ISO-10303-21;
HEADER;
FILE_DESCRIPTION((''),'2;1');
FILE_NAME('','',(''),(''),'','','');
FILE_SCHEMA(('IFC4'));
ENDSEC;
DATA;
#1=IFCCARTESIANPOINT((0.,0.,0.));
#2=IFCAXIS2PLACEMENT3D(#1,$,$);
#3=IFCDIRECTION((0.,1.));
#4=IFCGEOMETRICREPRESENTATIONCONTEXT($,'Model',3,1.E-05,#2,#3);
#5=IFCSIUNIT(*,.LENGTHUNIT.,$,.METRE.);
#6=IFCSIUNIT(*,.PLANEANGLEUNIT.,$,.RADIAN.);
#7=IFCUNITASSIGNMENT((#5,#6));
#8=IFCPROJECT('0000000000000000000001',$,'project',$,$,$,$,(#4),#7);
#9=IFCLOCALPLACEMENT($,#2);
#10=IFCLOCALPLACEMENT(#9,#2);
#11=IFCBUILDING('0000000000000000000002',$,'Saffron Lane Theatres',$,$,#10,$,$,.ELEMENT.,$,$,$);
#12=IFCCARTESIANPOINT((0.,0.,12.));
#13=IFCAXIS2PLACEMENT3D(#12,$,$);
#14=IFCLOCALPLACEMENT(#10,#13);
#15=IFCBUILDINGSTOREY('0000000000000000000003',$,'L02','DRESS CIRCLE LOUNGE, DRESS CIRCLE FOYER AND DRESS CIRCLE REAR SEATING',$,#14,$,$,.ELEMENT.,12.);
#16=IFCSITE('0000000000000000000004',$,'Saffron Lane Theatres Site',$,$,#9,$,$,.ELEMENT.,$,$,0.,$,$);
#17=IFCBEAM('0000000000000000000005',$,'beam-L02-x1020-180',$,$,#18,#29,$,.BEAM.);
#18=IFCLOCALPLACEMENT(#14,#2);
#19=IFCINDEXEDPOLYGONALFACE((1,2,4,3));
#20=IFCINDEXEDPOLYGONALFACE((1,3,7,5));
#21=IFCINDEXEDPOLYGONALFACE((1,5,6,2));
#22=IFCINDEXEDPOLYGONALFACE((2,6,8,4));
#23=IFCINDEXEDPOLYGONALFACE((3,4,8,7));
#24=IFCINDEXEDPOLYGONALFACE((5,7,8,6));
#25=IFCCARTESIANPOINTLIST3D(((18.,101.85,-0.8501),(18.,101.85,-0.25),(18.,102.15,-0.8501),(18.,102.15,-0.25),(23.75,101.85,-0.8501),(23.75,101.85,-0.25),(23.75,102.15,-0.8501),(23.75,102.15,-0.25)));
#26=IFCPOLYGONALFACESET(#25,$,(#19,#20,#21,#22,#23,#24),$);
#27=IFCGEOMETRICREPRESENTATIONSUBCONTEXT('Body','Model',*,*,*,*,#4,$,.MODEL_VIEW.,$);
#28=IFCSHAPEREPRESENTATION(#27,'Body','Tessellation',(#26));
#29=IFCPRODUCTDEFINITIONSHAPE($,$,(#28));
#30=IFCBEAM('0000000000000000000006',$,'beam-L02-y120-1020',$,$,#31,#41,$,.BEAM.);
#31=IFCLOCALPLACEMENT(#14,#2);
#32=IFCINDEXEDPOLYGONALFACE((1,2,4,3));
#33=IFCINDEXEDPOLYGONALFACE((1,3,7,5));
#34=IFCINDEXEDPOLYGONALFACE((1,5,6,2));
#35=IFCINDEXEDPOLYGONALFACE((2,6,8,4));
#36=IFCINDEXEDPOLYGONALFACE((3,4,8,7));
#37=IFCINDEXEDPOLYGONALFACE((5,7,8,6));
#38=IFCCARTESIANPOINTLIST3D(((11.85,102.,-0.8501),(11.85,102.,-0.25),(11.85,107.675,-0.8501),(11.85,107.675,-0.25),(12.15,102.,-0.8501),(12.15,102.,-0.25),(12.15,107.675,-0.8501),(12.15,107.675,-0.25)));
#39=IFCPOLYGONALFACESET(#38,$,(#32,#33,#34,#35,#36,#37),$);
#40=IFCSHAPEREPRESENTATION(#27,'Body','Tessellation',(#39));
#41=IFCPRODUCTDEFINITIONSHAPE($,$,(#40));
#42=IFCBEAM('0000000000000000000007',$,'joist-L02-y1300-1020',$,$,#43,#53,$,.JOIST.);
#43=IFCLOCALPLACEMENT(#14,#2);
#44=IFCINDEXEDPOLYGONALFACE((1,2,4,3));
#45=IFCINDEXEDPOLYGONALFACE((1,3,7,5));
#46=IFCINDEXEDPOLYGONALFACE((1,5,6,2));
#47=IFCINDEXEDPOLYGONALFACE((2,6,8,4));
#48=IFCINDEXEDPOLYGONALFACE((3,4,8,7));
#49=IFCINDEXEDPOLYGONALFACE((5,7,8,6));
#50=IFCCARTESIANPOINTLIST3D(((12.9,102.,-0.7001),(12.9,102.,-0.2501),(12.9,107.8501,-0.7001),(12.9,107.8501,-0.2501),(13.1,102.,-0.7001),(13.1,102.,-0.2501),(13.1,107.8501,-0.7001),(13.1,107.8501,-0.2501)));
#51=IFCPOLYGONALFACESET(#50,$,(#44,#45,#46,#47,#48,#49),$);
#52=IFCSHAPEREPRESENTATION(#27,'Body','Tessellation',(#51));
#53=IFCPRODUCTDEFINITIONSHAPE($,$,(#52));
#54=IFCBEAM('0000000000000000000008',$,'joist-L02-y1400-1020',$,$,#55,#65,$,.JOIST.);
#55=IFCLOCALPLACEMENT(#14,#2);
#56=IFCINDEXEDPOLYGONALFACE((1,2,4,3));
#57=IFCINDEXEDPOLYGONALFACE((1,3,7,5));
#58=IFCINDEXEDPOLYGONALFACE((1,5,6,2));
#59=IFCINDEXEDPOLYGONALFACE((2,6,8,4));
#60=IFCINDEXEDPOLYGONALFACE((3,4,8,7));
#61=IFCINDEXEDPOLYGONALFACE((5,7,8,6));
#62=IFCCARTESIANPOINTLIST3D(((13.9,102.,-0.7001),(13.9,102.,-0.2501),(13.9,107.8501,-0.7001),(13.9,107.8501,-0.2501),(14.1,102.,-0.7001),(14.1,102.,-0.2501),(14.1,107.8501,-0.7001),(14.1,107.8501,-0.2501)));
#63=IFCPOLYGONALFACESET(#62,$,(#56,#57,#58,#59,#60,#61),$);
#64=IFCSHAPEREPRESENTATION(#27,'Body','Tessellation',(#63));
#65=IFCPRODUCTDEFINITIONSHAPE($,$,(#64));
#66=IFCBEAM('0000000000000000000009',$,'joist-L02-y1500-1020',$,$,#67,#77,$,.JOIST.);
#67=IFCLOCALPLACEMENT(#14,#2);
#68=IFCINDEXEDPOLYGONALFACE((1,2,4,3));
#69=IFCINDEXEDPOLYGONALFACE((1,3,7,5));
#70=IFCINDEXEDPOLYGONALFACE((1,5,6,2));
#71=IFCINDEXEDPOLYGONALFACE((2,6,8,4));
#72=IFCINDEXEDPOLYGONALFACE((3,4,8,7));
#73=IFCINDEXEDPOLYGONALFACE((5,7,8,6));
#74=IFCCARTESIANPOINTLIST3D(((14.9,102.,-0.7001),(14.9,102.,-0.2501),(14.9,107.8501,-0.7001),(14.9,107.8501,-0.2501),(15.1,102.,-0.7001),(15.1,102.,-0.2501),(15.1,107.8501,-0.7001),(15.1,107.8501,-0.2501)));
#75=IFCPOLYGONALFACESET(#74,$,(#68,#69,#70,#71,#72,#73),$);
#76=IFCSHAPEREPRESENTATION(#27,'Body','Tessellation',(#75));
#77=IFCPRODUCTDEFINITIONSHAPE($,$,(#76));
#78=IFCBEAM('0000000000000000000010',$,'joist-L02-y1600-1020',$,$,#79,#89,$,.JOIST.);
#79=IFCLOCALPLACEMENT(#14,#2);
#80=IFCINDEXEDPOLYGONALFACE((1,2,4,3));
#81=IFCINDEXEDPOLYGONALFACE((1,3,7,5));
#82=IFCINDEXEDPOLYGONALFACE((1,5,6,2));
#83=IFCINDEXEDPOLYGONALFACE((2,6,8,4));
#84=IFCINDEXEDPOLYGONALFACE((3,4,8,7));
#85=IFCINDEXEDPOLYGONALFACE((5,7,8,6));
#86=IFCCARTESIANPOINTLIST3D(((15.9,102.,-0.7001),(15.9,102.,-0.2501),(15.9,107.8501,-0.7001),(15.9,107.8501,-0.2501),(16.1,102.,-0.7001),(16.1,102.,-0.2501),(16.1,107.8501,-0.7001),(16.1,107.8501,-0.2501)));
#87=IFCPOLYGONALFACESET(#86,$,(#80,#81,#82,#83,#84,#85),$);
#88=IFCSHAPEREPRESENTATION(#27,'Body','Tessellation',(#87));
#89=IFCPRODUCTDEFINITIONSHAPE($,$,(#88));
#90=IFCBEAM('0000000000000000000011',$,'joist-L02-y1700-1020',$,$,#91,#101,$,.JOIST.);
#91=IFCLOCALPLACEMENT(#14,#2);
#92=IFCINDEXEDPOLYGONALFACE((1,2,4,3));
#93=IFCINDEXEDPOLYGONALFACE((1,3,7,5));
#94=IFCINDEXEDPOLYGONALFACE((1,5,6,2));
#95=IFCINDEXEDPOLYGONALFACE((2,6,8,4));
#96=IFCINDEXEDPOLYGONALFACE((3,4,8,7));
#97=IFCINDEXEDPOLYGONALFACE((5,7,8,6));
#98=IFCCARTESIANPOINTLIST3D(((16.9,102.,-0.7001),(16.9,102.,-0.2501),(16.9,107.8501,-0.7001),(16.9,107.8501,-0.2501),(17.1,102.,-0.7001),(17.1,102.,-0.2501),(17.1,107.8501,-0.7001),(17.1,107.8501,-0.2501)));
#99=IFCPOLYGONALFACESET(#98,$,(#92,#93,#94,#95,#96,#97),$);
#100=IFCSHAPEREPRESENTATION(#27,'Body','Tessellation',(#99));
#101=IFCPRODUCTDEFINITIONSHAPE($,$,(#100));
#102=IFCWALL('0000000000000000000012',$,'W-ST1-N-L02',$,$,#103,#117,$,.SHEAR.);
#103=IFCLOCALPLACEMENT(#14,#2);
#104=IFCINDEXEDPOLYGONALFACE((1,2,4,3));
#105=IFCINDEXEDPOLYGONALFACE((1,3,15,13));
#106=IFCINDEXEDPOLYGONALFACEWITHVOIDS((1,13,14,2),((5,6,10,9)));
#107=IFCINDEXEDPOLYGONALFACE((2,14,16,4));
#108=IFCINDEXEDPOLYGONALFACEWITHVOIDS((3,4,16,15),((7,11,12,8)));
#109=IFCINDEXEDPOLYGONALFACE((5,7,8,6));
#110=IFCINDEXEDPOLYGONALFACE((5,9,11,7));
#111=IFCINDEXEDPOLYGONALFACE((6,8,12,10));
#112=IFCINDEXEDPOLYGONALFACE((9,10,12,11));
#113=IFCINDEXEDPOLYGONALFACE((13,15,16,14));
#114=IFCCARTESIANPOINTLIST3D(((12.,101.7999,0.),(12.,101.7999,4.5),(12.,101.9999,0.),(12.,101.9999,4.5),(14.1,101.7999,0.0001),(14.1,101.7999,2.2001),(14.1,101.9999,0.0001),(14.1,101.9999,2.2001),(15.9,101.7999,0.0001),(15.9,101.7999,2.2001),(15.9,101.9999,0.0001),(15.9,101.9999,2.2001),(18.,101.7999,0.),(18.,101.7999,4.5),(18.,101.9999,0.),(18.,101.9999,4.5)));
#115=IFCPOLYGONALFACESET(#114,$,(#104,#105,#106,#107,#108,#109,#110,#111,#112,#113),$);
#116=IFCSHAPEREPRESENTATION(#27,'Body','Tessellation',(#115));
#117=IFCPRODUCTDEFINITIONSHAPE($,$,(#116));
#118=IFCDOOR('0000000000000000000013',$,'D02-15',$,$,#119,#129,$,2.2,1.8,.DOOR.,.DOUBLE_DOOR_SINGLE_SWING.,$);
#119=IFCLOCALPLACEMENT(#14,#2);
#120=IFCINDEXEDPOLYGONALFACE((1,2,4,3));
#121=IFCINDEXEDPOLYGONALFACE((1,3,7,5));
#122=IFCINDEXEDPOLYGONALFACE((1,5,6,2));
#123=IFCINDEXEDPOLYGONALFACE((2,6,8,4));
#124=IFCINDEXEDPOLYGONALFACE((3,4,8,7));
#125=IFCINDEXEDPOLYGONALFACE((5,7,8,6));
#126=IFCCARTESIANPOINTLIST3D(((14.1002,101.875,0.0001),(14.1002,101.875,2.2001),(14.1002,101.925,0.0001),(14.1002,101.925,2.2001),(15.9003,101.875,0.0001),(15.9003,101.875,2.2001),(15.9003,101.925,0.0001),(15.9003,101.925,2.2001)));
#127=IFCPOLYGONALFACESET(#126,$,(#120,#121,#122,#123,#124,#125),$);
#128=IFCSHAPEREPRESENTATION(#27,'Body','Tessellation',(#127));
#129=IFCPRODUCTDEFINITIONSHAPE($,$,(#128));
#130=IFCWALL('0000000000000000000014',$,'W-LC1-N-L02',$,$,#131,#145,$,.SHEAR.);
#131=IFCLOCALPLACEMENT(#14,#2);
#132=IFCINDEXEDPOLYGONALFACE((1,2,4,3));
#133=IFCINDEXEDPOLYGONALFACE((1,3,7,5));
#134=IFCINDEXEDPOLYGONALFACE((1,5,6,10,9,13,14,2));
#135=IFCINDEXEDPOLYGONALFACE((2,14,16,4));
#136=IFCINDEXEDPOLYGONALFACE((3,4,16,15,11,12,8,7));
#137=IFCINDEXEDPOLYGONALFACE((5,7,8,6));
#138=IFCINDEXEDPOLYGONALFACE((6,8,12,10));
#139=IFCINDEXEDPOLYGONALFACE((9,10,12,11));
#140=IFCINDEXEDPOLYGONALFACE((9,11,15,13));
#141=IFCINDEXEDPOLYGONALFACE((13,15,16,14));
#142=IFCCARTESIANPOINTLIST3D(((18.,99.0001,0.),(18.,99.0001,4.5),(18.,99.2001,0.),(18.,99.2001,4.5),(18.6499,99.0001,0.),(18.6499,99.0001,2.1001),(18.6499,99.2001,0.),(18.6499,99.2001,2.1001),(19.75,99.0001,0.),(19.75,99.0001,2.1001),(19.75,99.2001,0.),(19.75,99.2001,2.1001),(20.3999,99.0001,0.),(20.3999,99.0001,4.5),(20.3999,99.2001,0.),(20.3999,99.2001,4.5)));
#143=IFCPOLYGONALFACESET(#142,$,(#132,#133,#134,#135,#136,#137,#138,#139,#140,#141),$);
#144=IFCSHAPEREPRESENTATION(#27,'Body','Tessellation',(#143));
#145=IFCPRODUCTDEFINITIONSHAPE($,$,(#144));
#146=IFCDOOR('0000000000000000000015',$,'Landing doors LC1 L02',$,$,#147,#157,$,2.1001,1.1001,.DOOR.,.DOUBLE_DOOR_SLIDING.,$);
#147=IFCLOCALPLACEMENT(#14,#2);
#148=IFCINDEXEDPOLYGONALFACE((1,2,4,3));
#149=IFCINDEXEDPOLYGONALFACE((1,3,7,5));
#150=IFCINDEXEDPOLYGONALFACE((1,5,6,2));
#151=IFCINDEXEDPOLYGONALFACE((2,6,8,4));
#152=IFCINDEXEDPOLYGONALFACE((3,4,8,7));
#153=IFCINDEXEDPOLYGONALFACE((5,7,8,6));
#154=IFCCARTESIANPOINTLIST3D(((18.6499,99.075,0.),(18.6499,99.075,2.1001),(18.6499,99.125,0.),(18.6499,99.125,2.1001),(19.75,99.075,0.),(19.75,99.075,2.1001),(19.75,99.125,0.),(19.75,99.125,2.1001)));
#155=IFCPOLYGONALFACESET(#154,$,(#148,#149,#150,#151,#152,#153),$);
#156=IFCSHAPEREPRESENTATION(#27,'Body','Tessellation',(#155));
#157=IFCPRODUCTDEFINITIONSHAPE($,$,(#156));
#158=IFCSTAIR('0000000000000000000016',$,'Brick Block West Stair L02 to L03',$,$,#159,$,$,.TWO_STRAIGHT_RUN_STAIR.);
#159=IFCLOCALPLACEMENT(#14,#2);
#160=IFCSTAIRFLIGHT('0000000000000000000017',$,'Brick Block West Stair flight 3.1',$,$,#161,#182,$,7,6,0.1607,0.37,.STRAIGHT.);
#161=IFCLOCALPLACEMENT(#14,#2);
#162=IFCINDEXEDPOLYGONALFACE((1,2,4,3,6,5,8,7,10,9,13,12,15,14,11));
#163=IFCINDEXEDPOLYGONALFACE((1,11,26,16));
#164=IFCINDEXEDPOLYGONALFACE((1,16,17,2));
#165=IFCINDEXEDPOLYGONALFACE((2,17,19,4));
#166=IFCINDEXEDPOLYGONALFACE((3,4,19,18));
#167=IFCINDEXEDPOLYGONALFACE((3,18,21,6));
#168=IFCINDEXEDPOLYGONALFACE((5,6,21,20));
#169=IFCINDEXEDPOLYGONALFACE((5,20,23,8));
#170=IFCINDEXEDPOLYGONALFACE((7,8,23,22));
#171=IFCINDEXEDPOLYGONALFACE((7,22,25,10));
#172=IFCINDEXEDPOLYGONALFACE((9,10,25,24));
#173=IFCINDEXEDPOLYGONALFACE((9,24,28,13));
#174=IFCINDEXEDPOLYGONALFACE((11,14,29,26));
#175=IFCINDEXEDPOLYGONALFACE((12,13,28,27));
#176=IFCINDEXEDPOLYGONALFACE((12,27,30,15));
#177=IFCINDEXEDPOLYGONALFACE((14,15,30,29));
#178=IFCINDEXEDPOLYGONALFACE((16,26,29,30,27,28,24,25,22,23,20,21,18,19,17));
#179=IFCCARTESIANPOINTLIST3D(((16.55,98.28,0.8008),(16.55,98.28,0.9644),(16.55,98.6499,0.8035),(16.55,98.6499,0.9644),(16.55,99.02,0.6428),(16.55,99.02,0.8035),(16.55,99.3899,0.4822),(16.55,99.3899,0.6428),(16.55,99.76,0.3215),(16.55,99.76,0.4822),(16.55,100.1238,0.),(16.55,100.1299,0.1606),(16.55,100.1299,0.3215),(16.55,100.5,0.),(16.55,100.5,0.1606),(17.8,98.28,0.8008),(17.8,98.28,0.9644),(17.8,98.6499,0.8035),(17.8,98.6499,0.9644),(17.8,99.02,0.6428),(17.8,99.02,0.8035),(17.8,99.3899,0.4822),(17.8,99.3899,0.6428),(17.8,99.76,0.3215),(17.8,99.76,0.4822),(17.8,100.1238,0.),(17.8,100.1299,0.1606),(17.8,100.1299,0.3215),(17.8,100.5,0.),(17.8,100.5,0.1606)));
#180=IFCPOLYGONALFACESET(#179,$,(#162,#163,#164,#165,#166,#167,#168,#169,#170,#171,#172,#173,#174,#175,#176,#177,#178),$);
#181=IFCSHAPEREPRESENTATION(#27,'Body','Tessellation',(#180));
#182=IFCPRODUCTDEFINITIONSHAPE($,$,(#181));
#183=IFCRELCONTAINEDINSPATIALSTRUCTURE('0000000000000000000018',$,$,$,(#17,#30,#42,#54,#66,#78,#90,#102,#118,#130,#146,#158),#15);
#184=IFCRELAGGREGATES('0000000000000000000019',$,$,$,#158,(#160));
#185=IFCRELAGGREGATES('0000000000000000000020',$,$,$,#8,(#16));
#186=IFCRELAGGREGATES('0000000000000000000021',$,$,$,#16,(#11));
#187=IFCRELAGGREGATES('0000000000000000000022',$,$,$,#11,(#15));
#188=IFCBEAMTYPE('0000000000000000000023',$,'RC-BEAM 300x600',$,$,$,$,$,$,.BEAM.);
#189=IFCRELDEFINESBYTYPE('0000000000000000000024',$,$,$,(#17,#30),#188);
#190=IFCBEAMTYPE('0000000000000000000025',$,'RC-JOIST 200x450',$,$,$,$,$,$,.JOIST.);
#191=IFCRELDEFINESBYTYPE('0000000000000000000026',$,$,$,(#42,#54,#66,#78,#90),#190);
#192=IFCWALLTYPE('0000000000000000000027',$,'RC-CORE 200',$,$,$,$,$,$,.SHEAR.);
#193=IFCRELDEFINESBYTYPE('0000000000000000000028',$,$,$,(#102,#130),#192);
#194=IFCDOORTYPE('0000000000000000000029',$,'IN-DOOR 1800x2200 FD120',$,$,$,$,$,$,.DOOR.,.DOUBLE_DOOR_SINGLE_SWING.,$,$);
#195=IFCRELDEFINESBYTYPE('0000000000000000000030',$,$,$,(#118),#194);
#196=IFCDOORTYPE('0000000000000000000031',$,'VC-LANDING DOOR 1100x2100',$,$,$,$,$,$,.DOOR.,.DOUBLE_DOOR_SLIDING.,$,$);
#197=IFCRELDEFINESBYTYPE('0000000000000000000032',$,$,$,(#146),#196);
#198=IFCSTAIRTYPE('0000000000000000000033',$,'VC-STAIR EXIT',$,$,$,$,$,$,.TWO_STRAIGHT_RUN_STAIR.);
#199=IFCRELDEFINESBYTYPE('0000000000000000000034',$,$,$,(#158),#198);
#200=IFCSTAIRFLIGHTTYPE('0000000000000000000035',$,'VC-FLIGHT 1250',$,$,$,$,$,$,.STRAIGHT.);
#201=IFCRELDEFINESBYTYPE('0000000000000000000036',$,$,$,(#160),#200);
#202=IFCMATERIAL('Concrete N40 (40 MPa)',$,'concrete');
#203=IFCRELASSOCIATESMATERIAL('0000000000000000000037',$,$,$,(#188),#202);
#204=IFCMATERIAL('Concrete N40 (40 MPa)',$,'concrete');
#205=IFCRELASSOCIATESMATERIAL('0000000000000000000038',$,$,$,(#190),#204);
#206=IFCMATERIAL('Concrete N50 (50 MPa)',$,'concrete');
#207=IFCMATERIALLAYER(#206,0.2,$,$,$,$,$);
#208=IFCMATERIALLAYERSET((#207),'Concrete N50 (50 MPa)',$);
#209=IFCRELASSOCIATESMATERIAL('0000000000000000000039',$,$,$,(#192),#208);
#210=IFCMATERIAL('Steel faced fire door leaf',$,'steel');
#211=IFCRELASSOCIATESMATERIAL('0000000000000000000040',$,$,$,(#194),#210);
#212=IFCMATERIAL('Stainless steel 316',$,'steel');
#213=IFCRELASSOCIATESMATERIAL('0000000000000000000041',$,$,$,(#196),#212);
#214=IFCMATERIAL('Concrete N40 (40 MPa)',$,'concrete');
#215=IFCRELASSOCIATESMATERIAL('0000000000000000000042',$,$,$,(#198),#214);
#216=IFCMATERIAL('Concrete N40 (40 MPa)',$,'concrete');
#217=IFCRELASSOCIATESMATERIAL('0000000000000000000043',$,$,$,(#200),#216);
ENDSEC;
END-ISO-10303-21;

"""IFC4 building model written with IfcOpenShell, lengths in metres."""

from ifc_helpers import new_model, si_unit, direction, frame, frame_2d, origin, origin_2d, place, context, subcontext, project, spatial, polyline, rectangle, outline, extrude, material, layer, layer_set, material_profile, profile_set, type_object, element, fill, aggregate, save


model = new_model("IFC4")

# Units and contexts
model_context = context("Model", 3, precision=1e-05, world=origin(), true_north=direction((0.0, 1.0)))
body_context = subcontext(model_context, "Body", "Model", "MODEL_VIEW")
ifc_project = project(units=[si_unit("LENGTHUNIT", "METRE"), si_unit("PLANEANGLEUNIT", "RADIAN")], contexts=[model_context])

# Site, building, storey
site_placement = place(None, origin())
site = spatial("IfcSite", under=ifc_project, at=site_placement, Name="Saffron Lane Theatres Site", CompositionType="ELEMENT", RefElevation=0.0)
building_placement = place(site_placement, origin())
building = spatial("IfcBuilding", under=site, at=building_placement, Name="Saffron Lane Theatres", CompositionType="ELEMENT")
storey_placement = place(building_placement, frame((0.0, 0.0, 12.0)))
storey = spatial("IfcBuildingStorey", under=building, at=storey_placement, Name="L02", Description="DRESS CIRCLE LOUNGE, DRESS CIRCLE FOYER AND DRESS CIRCLE REAR SEATING", CompositionType="ELEMENT", Elevation=12.0)

# Beams
ifc_material_1 = material(Name="Concrete N40 (40 MPa)", Category="concrete")
ifc_material_profile_1 = material_profile(ifc_material_1, rectangle(XDim=0.3, YDim=0.6001, at=origin_2d()))
ifc_profile_set_1 = profile_set([ifc_material_profile_1], Name="Concrete N40 (40 MPa)")
beam_type_1 = type_object("IfcBeamType", Name="RC-BEAM 300x600", PredefinedType="BEAM", material=ifc_profile_set_1)
beam_1_placement = place(storey_placement, frame((18.0, 102.0, -0.55), z_axis=(1.0, 0.0, 0.0), x_axis=(0.0, 1.0, 0.0)))
element("IfcBeam", 1, at=beam_1_placement, inside=storey, type_object=beam_type_1, Name="beam-L02-x1020-180", PredefinedType="BEAM", context=body_context, shape_type="SweptSolid", body=[
    extrude(rectangle(XDim=0.3, YDim=0.6001, at=origin_2d()), origin(), (0.0, 0.0, 1.0), 5.75),
])
beam_2_placement = place(storey_placement, frame((12.0, 102.0, -0.55), z_axis=(0.0, 1.0, 0.0), x_axis=(-1.0, 0.0, 0.0)))
element("IfcBeam", 2, at=beam_2_placement, inside=storey, type_object=beam_type_1, Name="beam-L02-y120-1020", PredefinedType="BEAM", context=body_context, shape_type="SweptSolid", body=[
    extrude(rectangle(XDim=0.3, YDim=0.6001, at=origin_2d()), origin(), (0.0, 0.0, 1.0), 5.675),
])
ifc_material_2 = material(Name="Concrete N40 (40 MPa)", Category="concrete")
ifc_material_profile_2 = material_profile(ifc_material_2, rectangle(XDim=0.2, YDim=0.45, at=origin_2d()))
ifc_profile_set_2 = profile_set([ifc_material_profile_2], Name="Concrete N40 (40 MPa)")
beam_type_2 = type_object("IfcBeamType", Name="RC-JOIST 200x450", PredefinedType="JOIST", material=ifc_profile_set_2)
for number, where, z_axis, x_axis, name in (
    (3, (13.0, 102.0, -0.4751), (0.0, 1.0, 0.0), (-1.0, 0.0, 0.0), "joist-L02-y1300-1020"),
    (4, (14.0, 102.0, -0.4751), (0.0, 1.0, 0.0), (-1.0, 0.0, 0.0), "joist-L02-y1400-1020"),
    (5, (15.0, 102.0, -0.4751), (0.0, 1.0, 0.0), (-1.0, 0.0, 0.0), "joist-L02-y1500-1020"),
    (6, (16.0, 102.0, -0.4751), (0.0, 1.0, 0.0), (-1.0, 0.0, 0.0), "joist-L02-y1600-1020"),
    (7, (17.0, 102.0, -0.4751), (0.0, 1.0, 0.0), (-1.0, 0.0, 0.0), "joist-L02-y1700-1020"),
):
    element("IfcBeam", number, at=place(storey_placement, frame(where, z_axis=z_axis, x_axis=x_axis)), inside=storey, type_object=beam_type_2, Name=name, PredefinedType="JOIST", context=body_context, shape_type="SweptSolid", body=[
        extrude(rectangle(XDim=0.2, YDim=0.45, at=origin_2d()), origin(), (0.0, 0.0, 1.0), 5.8501),
    ])

# Walls, openings, doors
ifc_material_3 = material(Name="Concrete N50 (50 MPa)", Category="concrete")
ifc_layer = layer(ifc_material_3, 0.2)
ifc_layer_set = layer_set([ifc_layer], Name="Concrete N50 (50 MPa)")
wall_type = type_object("IfcWallType", Name="RC-CORE 200", PredefinedType="SHEAR", material=ifc_layer_set)
wall_1_placement = place(storey_placement, frame((12.0, 101.8999, 0.0), z_axis=(0.0, 0.0, 1.0), x_axis=(1.0, 0.0, 0.0)))
wall_1 = element("IfcWall", 8, at=wall_1_placement, inside=storey, type_object=wall_type, Name="W-ST1-N-L02", PredefinedType="SHEAR", context=body_context, shape_type="SweptSolid", body=[
    extrude(rectangle(XDim=6.0, YDim=0.2, at=frame_2d((3.0, 0.0))), origin(), (0.0, 0.0, 1.0), 4.5),
])
opening_1_placement = place(wall_1_placement, frame((2.1001, 0.0, 0.0)))
opening_1 = element("IfcOpeningElement", 9, at=opening_1_placement, cuts=wall_1, PredefinedType="OPENING", context=body_context, shape_type="SweptSolid", body=[
    extrude(rectangle(XDim=1.8, YDim=2.2, at=frame_2d((0.8999, 1.1001))), frame((0.0, 0.1099, 0.0), z_axis=(0.0, -1.0, 0.0), x_axis=(1.0, 0.0, 0.0)), (0.0, 0.0, 1.0), 0.22),
])
ifc_material_4 = material(Name="Steel faced fire door leaf", Category="steel")
door_type_1 = type_object("IfcDoorType", Name="IN-DOOR 1800x2200 FD120", OperationType="DOUBLE_DOOR_SINGLE_SWING", PredefinedType="DOOR", material=ifc_material_4)
door_1_placement = place(opening_1_placement, frame((1.8, 0.0, 0.0), z_axis=(0.0, 0.0, 1.0), x_axis=(-1.0, 0.0, 0.0)))
door_1 = element("IfcDoor", 10, at=door_1_placement, inside=storey, type_object=door_type_1, Name="D02-15", OperationType="DOUBLE_DOOR_SINGLE_SWING", OverallHeight=2.2, OverallWidth=1.8, PredefinedType="DOOR", context=body_context, shape_type="SweptSolid", body=[
    extrude(rectangle(XDim=1.8, YDim=2.2, at=frame_2d((0.8999, 1.1001))), frame((0.0, 0.0249, 0.0), z_axis=(0.0, -1.0, 0.0), x_axis=(1.0, 0.0, 0.0)), (0.0, 0.0, 1.0), 0.05),
])
fill(opening_1, door_1)
wall_2_placement = place(storey_placement, frame((18.0, 99.1001, 0.0), z_axis=(0.0, 0.0, 1.0), x_axis=(1.0, 0.0, 0.0)))
wall_2 = element("IfcWall", 11, at=wall_2_placement, inside=storey, type_object=wall_type, Name="W-LC1-N-L02", PredefinedType="SHEAR", context=body_context, shape_type="SweptSolid", body=[
    extrude(rectangle(XDim=2.3999, YDim=0.2, at=frame_2d((1.2, 0.0))), origin(), (0.0, 0.0, 1.0), 4.5),
])
opening_2_placement = place(wall_2_placement, frame((0.6499, 0.0, 0.0)))
opening_2 = element("IfcOpeningElement", 12, at=opening_2_placement, cuts=wall_2, PredefinedType="OPENING", context=body_context, shape_type="SweptSolid", body=[
    extrude(rectangle(XDim=1.1001, YDim=2.1001, at=frame_2d((0.55, 1.05))), frame((0.0, 0.1099, 0.0), z_axis=(0.0, -1.0, 0.0), x_axis=(1.0, 0.0, 0.0)), (0.0, 0.0, 1.0), 0.22),
])
ifc_material_5 = material(Name="Stainless steel 316", Category="steel")
door_type_2 = type_object("IfcDoorType", Name="VC-LANDING DOOR 1100x2100", OperationType="DOUBLE_DOOR_SLIDING", PredefinedType="DOOR", material=ifc_material_5)
door_2_placement = place(opening_2_placement, origin())
door_2 = element("IfcDoor", 13, at=door_2_placement, inside=storey, type_object=door_type_2, Name="Landing doors LC1 L02", OperationType="DOUBLE_DOOR_SLIDING", OverallHeight=2.1001, OverallWidth=1.1001, PredefinedType="DOOR", context=body_context, shape_type="SweptSolid", body=[
    extrude(rectangle(XDim=1.1001, YDim=2.1001, at=frame_2d((0.55, 1.05))), frame((0.0, 0.0249, 0.0), z_axis=(0.0, -1.0, 0.0), x_axis=(1.0, 0.0, 0.0)), (0.0, 0.0, 1.0), 0.05),
])
fill(opening_2, door_2)

# Stair, stair flight
ifc_material_6 = material(Name="Concrete N40 (40 MPa)", Category="concrete")
stair_type = type_object("IfcStairType", Name="VC-STAIR EXIT", PredefinedType="TWO_STRAIGHT_RUN_STAIR", material=ifc_material_6)
stair_placement = place(storey_placement, origin())
stair = element("IfcStair", 14, at=stair_placement, inside=storey, type_object=stair_type, Name="Brick Block West Stair L02 to L03", PredefinedType="TWO_STRAIGHT_RUN_STAIR")
ifc_material_7 = material(Name="Concrete N40 (40 MPa)", Category="concrete")
stair_flight_type = type_object("IfcStairFlightType", Name="VC-FLIGHT 1250", PredefinedType="STRAIGHT", material=ifc_material_7)
stair_flight_1_placement = place(storey_placement, frame((17.175, 100.5, 0.0), z_axis=(0.0, 0.0, 1.0), x_axis=(0.0, -1.0, 0.0)))
stair_flight_1 = element("IfcStairFlight", 15, at=stair_flight_1_placement, type_object=stair_flight_type, Name="Brick Block West Stair flight 3.1", NumberOfRisers=7, NumberOfTreads=6, PredefinedType="STRAIGHT", RiserHeight=0.1607, TreadLength=0.37, context=body_context, shape_type="SweptSolid", body=[
    extrude(outline(polyline([(0.0, 0.0), (0.0, 0.1606), (0.3701, 0.1606), (0.3701, 0.3215), (0.74, 0.3215), (0.74, 0.4822), (1.1101, 0.4822), (1.1101, 0.6428), (1.48, 0.6428), (1.48, 0.8035), (1.8501, 0.8035), (1.8501, 0.9644), (2.22, 0.9644), (2.22, 1.125), (2.22, 0.8008), (0.3762, 0.0), (0.0, 0.0)])), frame((0.0, 0.625, 0.0), z_axis=(0.0, -1.0, 0.0), x_axis=(1.0, 0.0, 0.0)), (0.0, 0.0, 1.0), 1.25),
])
aggregate(stair, [stair_flight_1])

save(model, "model.ifc")
